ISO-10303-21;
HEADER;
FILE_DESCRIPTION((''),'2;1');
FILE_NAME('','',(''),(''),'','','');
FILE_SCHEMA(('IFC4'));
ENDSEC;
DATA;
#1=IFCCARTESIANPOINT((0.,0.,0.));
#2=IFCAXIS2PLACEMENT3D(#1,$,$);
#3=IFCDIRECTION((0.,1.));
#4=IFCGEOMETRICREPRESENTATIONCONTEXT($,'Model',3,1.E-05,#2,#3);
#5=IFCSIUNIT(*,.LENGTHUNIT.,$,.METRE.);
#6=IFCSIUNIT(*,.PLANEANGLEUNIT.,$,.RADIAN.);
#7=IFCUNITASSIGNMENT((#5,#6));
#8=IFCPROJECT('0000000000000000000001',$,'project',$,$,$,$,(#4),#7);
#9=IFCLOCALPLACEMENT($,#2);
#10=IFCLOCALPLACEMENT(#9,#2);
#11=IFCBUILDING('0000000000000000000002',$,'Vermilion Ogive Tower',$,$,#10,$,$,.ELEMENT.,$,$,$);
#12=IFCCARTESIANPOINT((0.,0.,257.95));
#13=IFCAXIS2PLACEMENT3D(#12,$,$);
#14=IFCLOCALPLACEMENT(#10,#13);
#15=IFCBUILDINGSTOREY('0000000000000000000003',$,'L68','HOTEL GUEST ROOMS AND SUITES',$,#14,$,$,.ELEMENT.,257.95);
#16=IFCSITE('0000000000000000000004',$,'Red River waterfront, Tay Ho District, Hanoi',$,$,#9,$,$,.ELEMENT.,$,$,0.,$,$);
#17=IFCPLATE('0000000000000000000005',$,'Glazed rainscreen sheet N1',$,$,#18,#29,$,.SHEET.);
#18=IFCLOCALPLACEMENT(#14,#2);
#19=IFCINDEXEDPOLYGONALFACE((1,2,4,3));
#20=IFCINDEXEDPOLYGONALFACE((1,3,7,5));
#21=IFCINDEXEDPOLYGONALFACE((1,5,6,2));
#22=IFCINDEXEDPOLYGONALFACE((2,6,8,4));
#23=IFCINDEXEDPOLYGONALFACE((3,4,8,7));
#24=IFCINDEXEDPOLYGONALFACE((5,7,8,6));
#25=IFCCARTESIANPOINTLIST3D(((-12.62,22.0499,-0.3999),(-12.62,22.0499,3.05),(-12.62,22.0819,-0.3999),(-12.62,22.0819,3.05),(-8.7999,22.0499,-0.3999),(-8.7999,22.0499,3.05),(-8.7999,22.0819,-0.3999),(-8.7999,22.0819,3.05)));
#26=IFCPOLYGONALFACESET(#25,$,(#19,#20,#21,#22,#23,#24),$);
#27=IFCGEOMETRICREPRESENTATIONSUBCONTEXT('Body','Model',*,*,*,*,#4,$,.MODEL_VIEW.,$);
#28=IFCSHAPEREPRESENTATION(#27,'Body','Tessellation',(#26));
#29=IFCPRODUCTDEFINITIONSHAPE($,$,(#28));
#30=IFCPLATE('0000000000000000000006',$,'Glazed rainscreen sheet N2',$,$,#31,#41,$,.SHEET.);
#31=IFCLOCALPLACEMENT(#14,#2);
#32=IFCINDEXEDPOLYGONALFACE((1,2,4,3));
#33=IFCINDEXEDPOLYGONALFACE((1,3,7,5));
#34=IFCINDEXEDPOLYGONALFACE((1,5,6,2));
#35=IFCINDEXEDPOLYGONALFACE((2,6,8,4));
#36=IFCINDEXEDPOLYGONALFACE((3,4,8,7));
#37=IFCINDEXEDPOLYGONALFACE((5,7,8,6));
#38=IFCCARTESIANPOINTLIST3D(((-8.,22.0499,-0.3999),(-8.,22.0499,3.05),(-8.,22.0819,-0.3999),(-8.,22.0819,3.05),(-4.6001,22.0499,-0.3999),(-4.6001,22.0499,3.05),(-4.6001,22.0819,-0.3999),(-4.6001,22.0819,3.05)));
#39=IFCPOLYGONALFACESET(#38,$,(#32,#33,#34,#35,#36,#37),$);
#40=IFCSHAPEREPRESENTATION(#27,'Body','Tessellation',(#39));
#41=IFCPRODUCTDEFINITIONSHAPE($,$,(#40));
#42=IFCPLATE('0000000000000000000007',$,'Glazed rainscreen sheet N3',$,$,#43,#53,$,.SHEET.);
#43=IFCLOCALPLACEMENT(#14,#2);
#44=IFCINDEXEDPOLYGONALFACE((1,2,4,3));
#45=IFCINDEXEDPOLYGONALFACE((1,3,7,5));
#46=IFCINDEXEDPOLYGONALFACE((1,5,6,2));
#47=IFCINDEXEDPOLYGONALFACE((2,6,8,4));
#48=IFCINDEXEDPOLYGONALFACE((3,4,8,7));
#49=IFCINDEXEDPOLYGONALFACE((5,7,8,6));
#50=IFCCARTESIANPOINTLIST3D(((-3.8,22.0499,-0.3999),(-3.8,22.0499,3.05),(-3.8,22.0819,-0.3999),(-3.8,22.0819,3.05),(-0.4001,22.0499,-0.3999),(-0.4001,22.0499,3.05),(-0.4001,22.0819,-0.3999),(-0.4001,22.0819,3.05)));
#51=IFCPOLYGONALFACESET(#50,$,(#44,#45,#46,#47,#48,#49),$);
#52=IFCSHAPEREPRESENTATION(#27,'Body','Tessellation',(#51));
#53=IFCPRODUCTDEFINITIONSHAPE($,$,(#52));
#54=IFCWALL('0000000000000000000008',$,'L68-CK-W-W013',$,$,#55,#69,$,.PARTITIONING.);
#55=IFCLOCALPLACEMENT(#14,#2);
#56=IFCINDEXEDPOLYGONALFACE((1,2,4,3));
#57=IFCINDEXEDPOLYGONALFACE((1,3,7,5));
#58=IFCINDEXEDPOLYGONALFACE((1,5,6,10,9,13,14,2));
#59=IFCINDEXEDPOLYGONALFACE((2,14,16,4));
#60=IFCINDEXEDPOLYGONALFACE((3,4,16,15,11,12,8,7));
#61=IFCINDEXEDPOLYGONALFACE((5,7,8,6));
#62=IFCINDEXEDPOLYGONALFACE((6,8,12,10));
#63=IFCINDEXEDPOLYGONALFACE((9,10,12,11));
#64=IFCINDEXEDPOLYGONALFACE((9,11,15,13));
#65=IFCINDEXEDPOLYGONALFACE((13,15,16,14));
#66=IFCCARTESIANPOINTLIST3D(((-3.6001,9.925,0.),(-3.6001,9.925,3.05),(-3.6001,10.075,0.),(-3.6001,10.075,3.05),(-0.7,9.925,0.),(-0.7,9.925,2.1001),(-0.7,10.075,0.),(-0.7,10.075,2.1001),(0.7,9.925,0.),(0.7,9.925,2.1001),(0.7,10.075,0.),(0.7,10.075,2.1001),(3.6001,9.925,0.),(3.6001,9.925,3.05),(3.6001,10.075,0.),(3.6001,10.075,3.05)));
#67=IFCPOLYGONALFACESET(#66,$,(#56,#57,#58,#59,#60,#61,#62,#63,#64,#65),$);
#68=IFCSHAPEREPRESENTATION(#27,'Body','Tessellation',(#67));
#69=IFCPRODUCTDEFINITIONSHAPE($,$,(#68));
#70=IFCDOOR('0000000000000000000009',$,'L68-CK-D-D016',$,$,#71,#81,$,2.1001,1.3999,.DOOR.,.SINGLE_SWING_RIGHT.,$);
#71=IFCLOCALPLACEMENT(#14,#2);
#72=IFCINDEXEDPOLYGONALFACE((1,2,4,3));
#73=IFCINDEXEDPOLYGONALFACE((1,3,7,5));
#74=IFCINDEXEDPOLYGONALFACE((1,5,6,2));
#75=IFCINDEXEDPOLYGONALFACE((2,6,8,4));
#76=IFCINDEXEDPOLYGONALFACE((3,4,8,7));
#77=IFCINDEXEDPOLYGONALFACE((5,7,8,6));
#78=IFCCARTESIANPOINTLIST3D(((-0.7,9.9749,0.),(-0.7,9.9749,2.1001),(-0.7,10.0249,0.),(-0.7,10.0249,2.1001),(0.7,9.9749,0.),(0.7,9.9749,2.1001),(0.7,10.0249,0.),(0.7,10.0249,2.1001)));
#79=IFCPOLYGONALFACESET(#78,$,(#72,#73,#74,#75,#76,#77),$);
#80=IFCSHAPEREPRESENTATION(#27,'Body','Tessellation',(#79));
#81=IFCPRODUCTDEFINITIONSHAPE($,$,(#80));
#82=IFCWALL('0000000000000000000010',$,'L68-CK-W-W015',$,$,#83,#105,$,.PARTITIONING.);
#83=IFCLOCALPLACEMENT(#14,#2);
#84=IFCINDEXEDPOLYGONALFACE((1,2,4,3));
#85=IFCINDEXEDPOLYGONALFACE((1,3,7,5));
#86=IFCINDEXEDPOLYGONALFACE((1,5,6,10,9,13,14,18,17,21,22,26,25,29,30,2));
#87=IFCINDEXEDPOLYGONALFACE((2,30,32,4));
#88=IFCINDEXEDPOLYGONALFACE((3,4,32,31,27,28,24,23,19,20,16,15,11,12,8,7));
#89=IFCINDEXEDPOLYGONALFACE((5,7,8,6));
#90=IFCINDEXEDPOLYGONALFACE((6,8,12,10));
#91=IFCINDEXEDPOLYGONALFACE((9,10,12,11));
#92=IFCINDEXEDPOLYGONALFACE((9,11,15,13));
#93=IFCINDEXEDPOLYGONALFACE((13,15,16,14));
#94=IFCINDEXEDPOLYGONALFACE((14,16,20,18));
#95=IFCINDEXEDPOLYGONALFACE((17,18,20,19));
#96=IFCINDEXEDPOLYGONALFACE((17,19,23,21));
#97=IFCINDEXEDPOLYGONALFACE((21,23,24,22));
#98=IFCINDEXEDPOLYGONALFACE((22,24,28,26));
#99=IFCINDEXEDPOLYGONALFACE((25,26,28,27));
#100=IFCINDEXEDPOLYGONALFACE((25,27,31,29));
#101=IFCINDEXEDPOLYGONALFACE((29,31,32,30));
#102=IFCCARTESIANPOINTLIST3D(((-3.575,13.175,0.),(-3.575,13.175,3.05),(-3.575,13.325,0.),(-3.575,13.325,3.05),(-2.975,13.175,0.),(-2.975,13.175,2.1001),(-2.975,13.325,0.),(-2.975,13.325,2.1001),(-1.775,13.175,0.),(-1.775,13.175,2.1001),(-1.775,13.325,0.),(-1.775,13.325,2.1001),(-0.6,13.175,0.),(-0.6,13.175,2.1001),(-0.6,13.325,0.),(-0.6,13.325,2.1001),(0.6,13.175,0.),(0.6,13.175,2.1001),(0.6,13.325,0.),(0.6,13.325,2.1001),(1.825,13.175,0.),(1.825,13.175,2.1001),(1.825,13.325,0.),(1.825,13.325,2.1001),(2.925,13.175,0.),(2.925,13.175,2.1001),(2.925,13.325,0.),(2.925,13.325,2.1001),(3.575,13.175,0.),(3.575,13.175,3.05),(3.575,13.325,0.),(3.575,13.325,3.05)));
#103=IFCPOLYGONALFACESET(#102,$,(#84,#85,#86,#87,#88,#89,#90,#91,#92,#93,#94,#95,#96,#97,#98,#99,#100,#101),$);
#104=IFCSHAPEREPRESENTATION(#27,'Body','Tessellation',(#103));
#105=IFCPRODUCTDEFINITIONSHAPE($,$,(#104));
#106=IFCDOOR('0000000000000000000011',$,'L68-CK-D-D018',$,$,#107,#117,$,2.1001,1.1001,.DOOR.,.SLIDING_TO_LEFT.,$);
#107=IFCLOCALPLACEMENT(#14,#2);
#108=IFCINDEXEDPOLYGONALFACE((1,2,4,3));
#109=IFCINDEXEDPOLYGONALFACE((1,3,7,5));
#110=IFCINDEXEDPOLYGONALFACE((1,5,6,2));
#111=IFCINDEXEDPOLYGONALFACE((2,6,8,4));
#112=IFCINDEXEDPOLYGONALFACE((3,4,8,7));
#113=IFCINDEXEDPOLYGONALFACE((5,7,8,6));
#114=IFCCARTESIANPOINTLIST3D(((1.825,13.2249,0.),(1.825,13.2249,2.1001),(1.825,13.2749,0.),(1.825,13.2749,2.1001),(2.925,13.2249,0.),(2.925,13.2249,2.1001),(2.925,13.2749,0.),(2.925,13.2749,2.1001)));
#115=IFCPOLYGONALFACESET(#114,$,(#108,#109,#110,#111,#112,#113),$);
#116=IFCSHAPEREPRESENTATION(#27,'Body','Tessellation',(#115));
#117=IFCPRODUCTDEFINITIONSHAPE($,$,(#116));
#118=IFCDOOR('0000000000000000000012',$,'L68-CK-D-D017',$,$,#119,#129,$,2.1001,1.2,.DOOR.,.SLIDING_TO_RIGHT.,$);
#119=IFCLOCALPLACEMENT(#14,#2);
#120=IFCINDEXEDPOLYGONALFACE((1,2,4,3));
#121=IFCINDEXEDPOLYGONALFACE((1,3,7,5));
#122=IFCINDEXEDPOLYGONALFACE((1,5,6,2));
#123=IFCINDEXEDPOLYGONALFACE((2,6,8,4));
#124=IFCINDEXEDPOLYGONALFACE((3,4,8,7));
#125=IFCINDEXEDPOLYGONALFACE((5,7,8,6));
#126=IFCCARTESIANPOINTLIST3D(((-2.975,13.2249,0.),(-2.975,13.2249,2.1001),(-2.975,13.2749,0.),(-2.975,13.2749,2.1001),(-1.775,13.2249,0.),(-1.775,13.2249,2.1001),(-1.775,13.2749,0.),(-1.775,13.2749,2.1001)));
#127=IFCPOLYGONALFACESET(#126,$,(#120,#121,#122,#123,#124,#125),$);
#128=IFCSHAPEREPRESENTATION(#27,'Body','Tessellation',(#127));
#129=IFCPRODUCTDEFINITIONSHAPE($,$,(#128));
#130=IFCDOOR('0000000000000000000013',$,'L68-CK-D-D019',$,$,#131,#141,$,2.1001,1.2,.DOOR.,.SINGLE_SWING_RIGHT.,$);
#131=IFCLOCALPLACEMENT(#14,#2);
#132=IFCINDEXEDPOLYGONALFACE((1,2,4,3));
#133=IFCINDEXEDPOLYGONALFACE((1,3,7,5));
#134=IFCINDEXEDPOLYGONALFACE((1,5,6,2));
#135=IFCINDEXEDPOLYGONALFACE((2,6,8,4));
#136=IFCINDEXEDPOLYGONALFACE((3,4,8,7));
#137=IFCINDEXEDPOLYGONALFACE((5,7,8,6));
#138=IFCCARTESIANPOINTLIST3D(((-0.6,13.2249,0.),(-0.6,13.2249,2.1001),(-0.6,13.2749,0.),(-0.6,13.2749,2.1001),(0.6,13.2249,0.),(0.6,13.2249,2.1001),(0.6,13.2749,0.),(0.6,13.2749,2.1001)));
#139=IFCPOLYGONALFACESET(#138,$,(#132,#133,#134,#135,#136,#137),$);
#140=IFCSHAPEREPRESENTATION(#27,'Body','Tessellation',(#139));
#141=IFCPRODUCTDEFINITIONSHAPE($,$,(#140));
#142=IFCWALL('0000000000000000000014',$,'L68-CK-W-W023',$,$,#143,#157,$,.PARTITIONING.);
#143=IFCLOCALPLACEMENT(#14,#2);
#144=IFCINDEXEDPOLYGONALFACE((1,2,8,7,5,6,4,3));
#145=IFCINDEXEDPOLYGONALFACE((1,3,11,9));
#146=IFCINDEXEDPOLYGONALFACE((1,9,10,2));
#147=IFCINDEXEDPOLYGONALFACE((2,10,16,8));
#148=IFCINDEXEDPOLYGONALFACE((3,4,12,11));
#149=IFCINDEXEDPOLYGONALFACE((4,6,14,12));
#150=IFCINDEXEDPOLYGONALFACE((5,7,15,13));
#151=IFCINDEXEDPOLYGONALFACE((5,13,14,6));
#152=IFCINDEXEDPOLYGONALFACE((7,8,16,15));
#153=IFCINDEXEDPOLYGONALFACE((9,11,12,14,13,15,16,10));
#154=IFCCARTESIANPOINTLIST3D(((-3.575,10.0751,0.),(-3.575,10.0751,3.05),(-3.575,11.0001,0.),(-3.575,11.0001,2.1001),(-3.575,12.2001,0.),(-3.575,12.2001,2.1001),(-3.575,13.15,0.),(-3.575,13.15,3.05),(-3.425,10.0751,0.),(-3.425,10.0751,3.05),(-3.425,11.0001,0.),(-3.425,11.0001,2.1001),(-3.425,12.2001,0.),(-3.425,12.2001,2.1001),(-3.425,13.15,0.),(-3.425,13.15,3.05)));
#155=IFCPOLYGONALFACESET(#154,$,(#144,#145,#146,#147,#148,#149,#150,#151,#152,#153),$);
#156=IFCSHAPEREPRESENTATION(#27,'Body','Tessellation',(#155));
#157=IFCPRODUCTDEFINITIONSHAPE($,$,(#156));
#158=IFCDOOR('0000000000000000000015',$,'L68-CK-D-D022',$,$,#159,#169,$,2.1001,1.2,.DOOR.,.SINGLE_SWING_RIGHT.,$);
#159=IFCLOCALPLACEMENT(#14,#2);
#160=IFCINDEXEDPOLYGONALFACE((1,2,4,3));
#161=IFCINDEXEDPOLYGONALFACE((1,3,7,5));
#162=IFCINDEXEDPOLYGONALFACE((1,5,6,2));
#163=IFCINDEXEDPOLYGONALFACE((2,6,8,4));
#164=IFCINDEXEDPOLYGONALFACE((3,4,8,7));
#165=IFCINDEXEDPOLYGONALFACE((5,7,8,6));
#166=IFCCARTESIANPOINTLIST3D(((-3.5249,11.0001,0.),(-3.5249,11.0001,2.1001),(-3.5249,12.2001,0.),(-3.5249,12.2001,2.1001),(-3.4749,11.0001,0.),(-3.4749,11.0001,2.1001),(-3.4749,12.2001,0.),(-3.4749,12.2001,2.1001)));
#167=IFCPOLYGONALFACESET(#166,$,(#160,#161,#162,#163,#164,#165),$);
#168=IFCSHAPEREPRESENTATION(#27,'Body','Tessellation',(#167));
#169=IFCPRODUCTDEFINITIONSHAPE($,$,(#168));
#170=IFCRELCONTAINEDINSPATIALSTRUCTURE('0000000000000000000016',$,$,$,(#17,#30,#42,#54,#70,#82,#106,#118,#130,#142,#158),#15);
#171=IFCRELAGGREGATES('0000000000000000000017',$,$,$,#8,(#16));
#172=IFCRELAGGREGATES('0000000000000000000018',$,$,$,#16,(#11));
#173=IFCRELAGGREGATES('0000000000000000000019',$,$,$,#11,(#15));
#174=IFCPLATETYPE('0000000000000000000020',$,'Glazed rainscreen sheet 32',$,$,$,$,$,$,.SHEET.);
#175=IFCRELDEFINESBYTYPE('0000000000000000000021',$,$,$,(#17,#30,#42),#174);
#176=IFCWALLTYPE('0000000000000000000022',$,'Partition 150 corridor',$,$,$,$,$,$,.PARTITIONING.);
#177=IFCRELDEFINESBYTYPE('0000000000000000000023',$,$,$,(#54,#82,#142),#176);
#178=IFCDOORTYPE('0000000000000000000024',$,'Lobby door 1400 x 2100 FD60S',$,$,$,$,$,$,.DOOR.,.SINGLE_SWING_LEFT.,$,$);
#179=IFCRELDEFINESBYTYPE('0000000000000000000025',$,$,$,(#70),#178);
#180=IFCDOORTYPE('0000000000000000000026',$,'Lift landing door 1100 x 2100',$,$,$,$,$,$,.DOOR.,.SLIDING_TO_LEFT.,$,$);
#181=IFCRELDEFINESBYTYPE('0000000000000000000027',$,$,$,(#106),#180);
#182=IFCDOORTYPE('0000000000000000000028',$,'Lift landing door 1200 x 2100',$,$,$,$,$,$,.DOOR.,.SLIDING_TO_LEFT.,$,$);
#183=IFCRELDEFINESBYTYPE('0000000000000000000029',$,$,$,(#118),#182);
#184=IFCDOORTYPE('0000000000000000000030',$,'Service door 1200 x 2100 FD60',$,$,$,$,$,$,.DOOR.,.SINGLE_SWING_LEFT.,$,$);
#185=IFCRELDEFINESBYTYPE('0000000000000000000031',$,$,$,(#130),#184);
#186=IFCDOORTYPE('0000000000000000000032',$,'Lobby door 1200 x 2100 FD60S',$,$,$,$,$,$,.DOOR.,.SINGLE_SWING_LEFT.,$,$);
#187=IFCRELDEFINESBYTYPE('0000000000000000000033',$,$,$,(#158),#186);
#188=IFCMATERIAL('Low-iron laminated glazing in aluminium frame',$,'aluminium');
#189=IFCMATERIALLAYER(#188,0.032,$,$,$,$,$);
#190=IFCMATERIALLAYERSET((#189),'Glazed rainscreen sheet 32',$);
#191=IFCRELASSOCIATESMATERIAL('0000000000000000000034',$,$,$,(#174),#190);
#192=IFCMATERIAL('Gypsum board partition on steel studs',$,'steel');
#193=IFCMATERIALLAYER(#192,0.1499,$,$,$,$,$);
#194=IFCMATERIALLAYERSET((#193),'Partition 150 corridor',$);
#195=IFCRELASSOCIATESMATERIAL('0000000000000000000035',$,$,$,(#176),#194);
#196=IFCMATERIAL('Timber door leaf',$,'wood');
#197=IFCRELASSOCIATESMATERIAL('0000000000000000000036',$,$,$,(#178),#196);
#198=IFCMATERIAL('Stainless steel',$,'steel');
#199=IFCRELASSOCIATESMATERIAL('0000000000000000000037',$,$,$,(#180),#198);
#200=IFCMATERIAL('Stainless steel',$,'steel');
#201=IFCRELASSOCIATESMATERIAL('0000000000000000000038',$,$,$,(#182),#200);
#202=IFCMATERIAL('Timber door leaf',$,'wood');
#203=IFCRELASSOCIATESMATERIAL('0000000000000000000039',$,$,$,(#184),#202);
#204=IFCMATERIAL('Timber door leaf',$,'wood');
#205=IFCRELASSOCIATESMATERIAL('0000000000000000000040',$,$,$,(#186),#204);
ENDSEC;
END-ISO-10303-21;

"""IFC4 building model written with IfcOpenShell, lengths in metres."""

from ifc_helpers import new_model, si_unit, direction, frame, frame_2d, origin, origin_2d, place, context, subcontext, project, spatial, rectangle, extrude, material, layer, layer_set, type_object, element, fill, save


model = new_model("IFC4")

# Units and contexts
model_context = context("Model", 3, precision=1e-05, world=origin(), true_north=direction((0.0, 1.0)))
body_context = subcontext(model_context, "Body", "Model", "MODEL_VIEW")
ifc_project = project(units=[si_unit("LENGTHUNIT", "METRE"), si_unit("PLANEANGLEUNIT", "RADIAN")], contexts=[model_context])

# Site, building, storey
site_placement = place(None, origin())
site = spatial("IfcSite", under=ifc_project, at=site_placement, Name="Red River waterfront, Tay Ho District, Hanoi", CompositionType="ELEMENT", RefElevation=0.0)
building_placement = place(site_placement, origin())
building = spatial("IfcBuilding", under=site, at=building_placement, Name="Vermilion Ogive Tower", CompositionType="ELEMENT")
storey_placement = place(building_placement, frame((0.0, 0.0, 257.95)))
storey = spatial("IfcBuildingStorey", under=building, at=storey_placement, Name="L68", Description="HOTEL GUEST ROOMS AND SUITES", CompositionType="ELEMENT", Elevation=257.95)

# Plates
ifc_material_1 = material(Name="Low-iron laminated glazing in aluminium frame", Category="aluminium")
ifc_layer_1 = layer(ifc_material_1, 0.032)
ifc_layer_set_1 = layer_set([ifc_layer_1], Name="Glazed rainscreen sheet 32")
plate_type = type_object("IfcPlateType", Name="Glazed rainscreen sheet 32", PredefinedType="SHEET", material=ifc_layer_set_1)
plate_placement = place(storey_placement, frame((-10.71, 22.0659, -0.3999), z_axis=(0.0, 0.0, 1.0), x_axis=(1.0, 0.0, 0.0)))
element("IfcPlate", 1, at=plate_placement, inside=storey, type_object=plate_type, Name="Glazed rainscreen sheet N1", PredefinedType="SHEET", context=body_context, shape_type="SweptSolid", body=[
    extrude(rectangle(XDim=3.8201, YDim=0.032, at=origin_2d()), origin(), (0.0, 0.0, 1.0), 3.45),
])
for number, where, z_axis, x_axis, name in (
    (2, (-6.3, 22.0659, -0.3999), (0.0, 0.0, 1.0), (1.0, 0.0, 0.0), "Glazed rainscreen sheet N2"),
    (3, (-2.1001, 22.0659, -0.3999), (0.0, 0.0, 1.0), (1.0, 0.0, 0.0), "Glazed rainscreen sheet N3"),
):
    element("IfcPlate", number, at=place(storey_placement, frame(where, z_axis=z_axis, x_axis=x_axis)), inside=storey, type_object=plate_type, Name=name, PredefinedType="SHEET", context=body_context, shape_type="SweptSolid", body=[
        extrude(rectangle(XDim=3.3999, YDim=0.032, at=origin_2d()), origin(), (0.0, 0.0, 1.0), 3.45),
    ])

# Wall, opening, door
ifc_material_2 = material(Name="Gypsum board partition on steel studs", Category="steel")
ifc_layer_2 = layer(ifc_material_2, 0.1499)
ifc_layer_set_2 = layer_set([ifc_layer_2], Name="Partition 150 corridor")
wall_type_1 = type_object("IfcWallType", Name="Partition 150 corridor", PredefinedType="PARTITIONING", material=ifc_layer_set_2)
wall_1_placement = place(storey_placement, frame((-3.6001, 10.0, 0.0), z_axis=(0.0, 0.0, 1.0), x_axis=(1.0, 0.0, 0.0)))
wall_1 = element("IfcWall", 4, at=wall_1_placement, inside=storey, type_object=wall_type_1, Name="L68-CK-W-W013", PredefinedType="PARTITIONING", context=body_context, shape_type="SweptSolid", body=[
    extrude(rectangle(XDim=7.2002, YDim=0.1499, at=frame_2d((3.6001, 0.0))), origin(), (0.0, 0.0, 1.0), 3.05),
])
opening_1_placement = place(wall_1_placement, frame((2.9001, 0.0, 0.0)))
opening_1 = element("IfcOpeningElement", 5, at=opening_1_placement, cuts=wall_1, PredefinedType="OPENING", context=body_context, shape_type="SweptSolid", body=[
    extrude(rectangle(XDim=1.3999, YDim=2.1001, at=frame_2d((0.7, 1.05))), frame((0.0, 0.085, 0.0), z_axis=(0.0, -1.0, 0.0), x_axis=(1.0, 0.0, 0.0)), (0.0, 0.0, 1.0), 0.1699),
])
ifc_material_3 = material(Name="Timber door leaf", Category="wood")
door_type_1 = type_object("IfcDoorType", Name="Lobby door 1400 x 2100 FD60S", OperationType="SINGLE_SWING_LEFT", PredefinedType="DOOR", material=ifc_material_3)
door_1_placement = place(opening_1_placement, origin())
door_1 = element("IfcDoor", 6, at=door_1_placement, inside=storey, type_object=door_type_1, Name="L68-CK-D-D016", OperationType="SINGLE_SWING_RIGHT", OverallHeight=2.1001, OverallWidth=1.3999, PredefinedType="DOOR", context=body_context, shape_type="SweptSolid", body=[
    extrude(rectangle(XDim=1.3999, YDim=2.1001, at=frame_2d((0.7, 1.05))), frame((0.0, 0.0249, 0.0), z_axis=(0.0, -1.0, 0.0), x_axis=(1.0, 0.0, 0.0)), (0.0, 0.0, 1.0), 0.05),
])
fill(opening_1, door_1)

# Wall, openings, doors
wall_2_placement = place(storey_placement, frame((-3.575, 13.25, 0.0), z_axis=(0.0, 0.0, 1.0), x_axis=(1.0, 0.0, 0.0)))
wall_2 = element("IfcWall", 7, at=wall_2_placement, inside=storey, type_object=wall_type_1, Name="L68-CK-W-W015", PredefinedType="PARTITIONING", context=body_context, shape_type="SweptSolid", body=[
    extrude(rectangle(XDim=7.1499, YDim=0.1499, at=frame_2d((3.575, 0.0))), origin(), (0.0, 0.0, 1.0), 3.05),
])
opening_2_placement = place(wall_2_placement, frame((0.5999, 0.0, 0.0)))
opening_2 = element("IfcOpeningElement", 8, at=opening_2_placement, cuts=wall_2, PredefinedType="OPENING", context=body_context, shape_type="SweptSolid", body=[
    extrude(rectangle(XDim=1.2, YDim=2.1001, at=frame_2d((0.6001, 1.05))), frame((0.0, 0.085, 0.0), z_axis=(0.0, -1.0, 0.0), x_axis=(1.0, 0.0, 0.0)), (0.0, 0.0, 1.0), 0.1699),
])
opening_3_placement = place(wall_2_placement, frame((5.3999, 0.0, 0.0)))
opening_3 = element("IfcOpeningElement", 9, at=opening_3_placement, cuts=wall_2, PredefinedType="OPENING", context=body_context, shape_type="SweptSolid", body=[
    extrude(rectangle(XDim=1.1001, YDim=2.1001, at=frame_2d((0.55, 1.05))), frame((0.0, 0.085, 0.0), z_axis=(0.0, -1.0, 0.0), x_axis=(1.0, 0.0, 0.0)), (0.0, 0.0, 1.0), 0.1699),
])
opening_4_placement = place(wall_2_placement, frame((2.9749, 0.0, 0.0)))
opening_4 = element("IfcOpeningElement", 10, at=opening_4_placement, cuts=wall_2, PredefinedType="OPENING", context=body_context, shape_type="SweptSolid", body=[
    extrude(rectangle(XDim=1.2, YDim=2.1001, at=frame_2d((0.6001, 1.05))), frame((0.0, 0.085, 0.0), z_axis=(0.0, -1.0, 0.0), x_axis=(1.0, 0.0, 0.0)), (0.0, 0.0, 1.0), 0.1699),
])
ifc_material_4 = material(Name="Stainless steel", Category="steel")
door_type_2 = type_object("IfcDoorType", Name="Lift landing door 1100 x 2100", OperationType="SLIDING_TO_LEFT", PredefinedType="DOOR", material=ifc_material_4)
door_2_placement = place(opening_3_placement, origin())
door_2 = element("IfcDoor", 11, at=door_2_placement, inside=storey, type_object=door_type_2, Name="L68-CK-D-D018", OperationType="SLIDING_TO_LEFT", OverallHeight=2.1001, OverallWidth=1.1001, PredefinedType="DOOR", context=body_context, shape_type="SweptSolid", body=[
    extrude(rectangle(XDim=1.1001, YDim=2.1001, at=frame_2d((0.55, 1.05))), frame((0.0, 0.0249, 0.0), z_axis=(0.0, -1.0, 0.0), x_axis=(1.0, 0.0, 0.0)), (0.0, 0.0, 1.0), 0.05),
])
fill(opening_3, door_2)
ifc_material_5 = material(Name="Stainless steel", Category="steel")
door_type_3 = type_object("IfcDoorType", Name="Lift landing door 1200 x 2100", OperationType="SLIDING_TO_LEFT", PredefinedType="DOOR", material=ifc_material_5)
door_3_placement = place(opening_2_placement, origin())
door_3 = element("IfcDoor", 12, at=door_3_placement, inside=storey, type_object=door_type_3, Name="L68-CK-D-D017", OperationType="SLIDING_TO_RIGHT", OverallHeight=2.1001, OverallWidth=1.2, PredefinedType="DOOR", context=body_context, shape_type="SweptSolid", body=[
    extrude(rectangle(XDim=1.2, YDim=2.1001, at=frame_2d((0.6001, 1.05))), frame((0.0, 0.0249, 0.0), z_axis=(0.0, -1.0, 0.0), x_axis=(1.0, 0.0, 0.0)), (0.0, 0.0, 1.0), 0.05),
])
fill(opening_2, door_3)
ifc_material_6 = material(Name="Timber door leaf", Category="wood")
door_type_4 = type_object("IfcDoorType", Name="Service door 1200 x 2100 FD60", OperationType="SINGLE_SWING_LEFT", PredefinedType="DOOR", material=ifc_material_6)
door_4_placement = place(opening_4_placement, origin())
door_4 = element("IfcDoor", 13, at=door_4_placement, inside=storey, type_object=door_type_4, Name="L68-CK-D-D019", OperationType="SINGLE_SWING_RIGHT", OverallHeight=2.1001, OverallWidth=1.2, PredefinedType="DOOR", context=body_context, shape_type="SweptSolid", body=[
    extrude(rectangle(XDim=1.2, YDim=2.1001, at=frame_2d((0.6001, 1.05))), frame((0.0, 0.0249, 0.0), z_axis=(0.0, -1.0, 0.0), x_axis=(1.0, 0.0, 0.0)), (0.0, 0.0, 1.0), 0.05),
])
fill(opening_4, door_4)

# Wall, opening, door
wall_3_placement = place(storey_placement, frame((-3.5, 10.075, 0.0), z_axis=(0.0, 0.0, 1.0), x_axis=(0.0, 1.0, 0.0)))
wall_3 = element("IfcWall", 14, at=wall_3_placement, inside=storey, type_object=wall_type_1, Name="L68-CK-W-W023", PredefinedType="PARTITIONING", context=body_context, shape_type="SweptSolid", body=[
    extrude(rectangle(XDim=3.075, YDim=0.1499, at=frame_2d((1.5376, 0.0))), origin(), (0.0, 0.0, 1.0), 3.05),
])
opening_5_placement = place(wall_3_placement, frame((0.925, 0.0, 0.0)))
opening_5 = element("IfcOpeningElement", 15, at=opening_5_placement, cuts=wall_3, PredefinedType="OPENING", context=body_context, shape_type="SweptSolid", body=[
    extrude(rectangle(XDim=1.2, YDim=2.1001, at=frame_2d((0.6001, 1.05))), frame((0.0, 0.085, 0.0), z_axis=(0.0, -1.0, 0.0), x_axis=(1.0, 0.0, 0.0)), (0.0, 0.0, 1.0), 0.1699),
])
ifc_material_7 = material(Name="Timber door leaf", Category="wood")
door_type_5 = type_object("IfcDoorType", Name="Lobby door 1200 x 2100 FD60S", OperationType="SINGLE_SWING_LEFT", PredefinedType="DOOR", material=ifc_material_7)
door_5_placement = place(opening_5_placement, origin())
door_5 = element("IfcDoor", 16, at=door_5_placement, inside=storey, type_object=door_type_5, Name="L68-CK-D-D022", OperationType="SINGLE_SWING_RIGHT", OverallHeight=2.1001, OverallWidth=1.2, PredefinedType="DOOR", context=body_context, shape_type="SweptSolid", body=[
    extrude(rectangle(XDim=1.2, YDim=2.1001, at=frame_2d((0.6001, 1.05))), frame((0.0, 0.0249, 0.0), z_axis=(0.0, -1.0, 0.0), x_axis=(1.0, 0.0, 0.0)), (0.0, 0.0, 1.0), 0.05),
])
fill(opening_5, door_5)

save(model, "model.ifc")
